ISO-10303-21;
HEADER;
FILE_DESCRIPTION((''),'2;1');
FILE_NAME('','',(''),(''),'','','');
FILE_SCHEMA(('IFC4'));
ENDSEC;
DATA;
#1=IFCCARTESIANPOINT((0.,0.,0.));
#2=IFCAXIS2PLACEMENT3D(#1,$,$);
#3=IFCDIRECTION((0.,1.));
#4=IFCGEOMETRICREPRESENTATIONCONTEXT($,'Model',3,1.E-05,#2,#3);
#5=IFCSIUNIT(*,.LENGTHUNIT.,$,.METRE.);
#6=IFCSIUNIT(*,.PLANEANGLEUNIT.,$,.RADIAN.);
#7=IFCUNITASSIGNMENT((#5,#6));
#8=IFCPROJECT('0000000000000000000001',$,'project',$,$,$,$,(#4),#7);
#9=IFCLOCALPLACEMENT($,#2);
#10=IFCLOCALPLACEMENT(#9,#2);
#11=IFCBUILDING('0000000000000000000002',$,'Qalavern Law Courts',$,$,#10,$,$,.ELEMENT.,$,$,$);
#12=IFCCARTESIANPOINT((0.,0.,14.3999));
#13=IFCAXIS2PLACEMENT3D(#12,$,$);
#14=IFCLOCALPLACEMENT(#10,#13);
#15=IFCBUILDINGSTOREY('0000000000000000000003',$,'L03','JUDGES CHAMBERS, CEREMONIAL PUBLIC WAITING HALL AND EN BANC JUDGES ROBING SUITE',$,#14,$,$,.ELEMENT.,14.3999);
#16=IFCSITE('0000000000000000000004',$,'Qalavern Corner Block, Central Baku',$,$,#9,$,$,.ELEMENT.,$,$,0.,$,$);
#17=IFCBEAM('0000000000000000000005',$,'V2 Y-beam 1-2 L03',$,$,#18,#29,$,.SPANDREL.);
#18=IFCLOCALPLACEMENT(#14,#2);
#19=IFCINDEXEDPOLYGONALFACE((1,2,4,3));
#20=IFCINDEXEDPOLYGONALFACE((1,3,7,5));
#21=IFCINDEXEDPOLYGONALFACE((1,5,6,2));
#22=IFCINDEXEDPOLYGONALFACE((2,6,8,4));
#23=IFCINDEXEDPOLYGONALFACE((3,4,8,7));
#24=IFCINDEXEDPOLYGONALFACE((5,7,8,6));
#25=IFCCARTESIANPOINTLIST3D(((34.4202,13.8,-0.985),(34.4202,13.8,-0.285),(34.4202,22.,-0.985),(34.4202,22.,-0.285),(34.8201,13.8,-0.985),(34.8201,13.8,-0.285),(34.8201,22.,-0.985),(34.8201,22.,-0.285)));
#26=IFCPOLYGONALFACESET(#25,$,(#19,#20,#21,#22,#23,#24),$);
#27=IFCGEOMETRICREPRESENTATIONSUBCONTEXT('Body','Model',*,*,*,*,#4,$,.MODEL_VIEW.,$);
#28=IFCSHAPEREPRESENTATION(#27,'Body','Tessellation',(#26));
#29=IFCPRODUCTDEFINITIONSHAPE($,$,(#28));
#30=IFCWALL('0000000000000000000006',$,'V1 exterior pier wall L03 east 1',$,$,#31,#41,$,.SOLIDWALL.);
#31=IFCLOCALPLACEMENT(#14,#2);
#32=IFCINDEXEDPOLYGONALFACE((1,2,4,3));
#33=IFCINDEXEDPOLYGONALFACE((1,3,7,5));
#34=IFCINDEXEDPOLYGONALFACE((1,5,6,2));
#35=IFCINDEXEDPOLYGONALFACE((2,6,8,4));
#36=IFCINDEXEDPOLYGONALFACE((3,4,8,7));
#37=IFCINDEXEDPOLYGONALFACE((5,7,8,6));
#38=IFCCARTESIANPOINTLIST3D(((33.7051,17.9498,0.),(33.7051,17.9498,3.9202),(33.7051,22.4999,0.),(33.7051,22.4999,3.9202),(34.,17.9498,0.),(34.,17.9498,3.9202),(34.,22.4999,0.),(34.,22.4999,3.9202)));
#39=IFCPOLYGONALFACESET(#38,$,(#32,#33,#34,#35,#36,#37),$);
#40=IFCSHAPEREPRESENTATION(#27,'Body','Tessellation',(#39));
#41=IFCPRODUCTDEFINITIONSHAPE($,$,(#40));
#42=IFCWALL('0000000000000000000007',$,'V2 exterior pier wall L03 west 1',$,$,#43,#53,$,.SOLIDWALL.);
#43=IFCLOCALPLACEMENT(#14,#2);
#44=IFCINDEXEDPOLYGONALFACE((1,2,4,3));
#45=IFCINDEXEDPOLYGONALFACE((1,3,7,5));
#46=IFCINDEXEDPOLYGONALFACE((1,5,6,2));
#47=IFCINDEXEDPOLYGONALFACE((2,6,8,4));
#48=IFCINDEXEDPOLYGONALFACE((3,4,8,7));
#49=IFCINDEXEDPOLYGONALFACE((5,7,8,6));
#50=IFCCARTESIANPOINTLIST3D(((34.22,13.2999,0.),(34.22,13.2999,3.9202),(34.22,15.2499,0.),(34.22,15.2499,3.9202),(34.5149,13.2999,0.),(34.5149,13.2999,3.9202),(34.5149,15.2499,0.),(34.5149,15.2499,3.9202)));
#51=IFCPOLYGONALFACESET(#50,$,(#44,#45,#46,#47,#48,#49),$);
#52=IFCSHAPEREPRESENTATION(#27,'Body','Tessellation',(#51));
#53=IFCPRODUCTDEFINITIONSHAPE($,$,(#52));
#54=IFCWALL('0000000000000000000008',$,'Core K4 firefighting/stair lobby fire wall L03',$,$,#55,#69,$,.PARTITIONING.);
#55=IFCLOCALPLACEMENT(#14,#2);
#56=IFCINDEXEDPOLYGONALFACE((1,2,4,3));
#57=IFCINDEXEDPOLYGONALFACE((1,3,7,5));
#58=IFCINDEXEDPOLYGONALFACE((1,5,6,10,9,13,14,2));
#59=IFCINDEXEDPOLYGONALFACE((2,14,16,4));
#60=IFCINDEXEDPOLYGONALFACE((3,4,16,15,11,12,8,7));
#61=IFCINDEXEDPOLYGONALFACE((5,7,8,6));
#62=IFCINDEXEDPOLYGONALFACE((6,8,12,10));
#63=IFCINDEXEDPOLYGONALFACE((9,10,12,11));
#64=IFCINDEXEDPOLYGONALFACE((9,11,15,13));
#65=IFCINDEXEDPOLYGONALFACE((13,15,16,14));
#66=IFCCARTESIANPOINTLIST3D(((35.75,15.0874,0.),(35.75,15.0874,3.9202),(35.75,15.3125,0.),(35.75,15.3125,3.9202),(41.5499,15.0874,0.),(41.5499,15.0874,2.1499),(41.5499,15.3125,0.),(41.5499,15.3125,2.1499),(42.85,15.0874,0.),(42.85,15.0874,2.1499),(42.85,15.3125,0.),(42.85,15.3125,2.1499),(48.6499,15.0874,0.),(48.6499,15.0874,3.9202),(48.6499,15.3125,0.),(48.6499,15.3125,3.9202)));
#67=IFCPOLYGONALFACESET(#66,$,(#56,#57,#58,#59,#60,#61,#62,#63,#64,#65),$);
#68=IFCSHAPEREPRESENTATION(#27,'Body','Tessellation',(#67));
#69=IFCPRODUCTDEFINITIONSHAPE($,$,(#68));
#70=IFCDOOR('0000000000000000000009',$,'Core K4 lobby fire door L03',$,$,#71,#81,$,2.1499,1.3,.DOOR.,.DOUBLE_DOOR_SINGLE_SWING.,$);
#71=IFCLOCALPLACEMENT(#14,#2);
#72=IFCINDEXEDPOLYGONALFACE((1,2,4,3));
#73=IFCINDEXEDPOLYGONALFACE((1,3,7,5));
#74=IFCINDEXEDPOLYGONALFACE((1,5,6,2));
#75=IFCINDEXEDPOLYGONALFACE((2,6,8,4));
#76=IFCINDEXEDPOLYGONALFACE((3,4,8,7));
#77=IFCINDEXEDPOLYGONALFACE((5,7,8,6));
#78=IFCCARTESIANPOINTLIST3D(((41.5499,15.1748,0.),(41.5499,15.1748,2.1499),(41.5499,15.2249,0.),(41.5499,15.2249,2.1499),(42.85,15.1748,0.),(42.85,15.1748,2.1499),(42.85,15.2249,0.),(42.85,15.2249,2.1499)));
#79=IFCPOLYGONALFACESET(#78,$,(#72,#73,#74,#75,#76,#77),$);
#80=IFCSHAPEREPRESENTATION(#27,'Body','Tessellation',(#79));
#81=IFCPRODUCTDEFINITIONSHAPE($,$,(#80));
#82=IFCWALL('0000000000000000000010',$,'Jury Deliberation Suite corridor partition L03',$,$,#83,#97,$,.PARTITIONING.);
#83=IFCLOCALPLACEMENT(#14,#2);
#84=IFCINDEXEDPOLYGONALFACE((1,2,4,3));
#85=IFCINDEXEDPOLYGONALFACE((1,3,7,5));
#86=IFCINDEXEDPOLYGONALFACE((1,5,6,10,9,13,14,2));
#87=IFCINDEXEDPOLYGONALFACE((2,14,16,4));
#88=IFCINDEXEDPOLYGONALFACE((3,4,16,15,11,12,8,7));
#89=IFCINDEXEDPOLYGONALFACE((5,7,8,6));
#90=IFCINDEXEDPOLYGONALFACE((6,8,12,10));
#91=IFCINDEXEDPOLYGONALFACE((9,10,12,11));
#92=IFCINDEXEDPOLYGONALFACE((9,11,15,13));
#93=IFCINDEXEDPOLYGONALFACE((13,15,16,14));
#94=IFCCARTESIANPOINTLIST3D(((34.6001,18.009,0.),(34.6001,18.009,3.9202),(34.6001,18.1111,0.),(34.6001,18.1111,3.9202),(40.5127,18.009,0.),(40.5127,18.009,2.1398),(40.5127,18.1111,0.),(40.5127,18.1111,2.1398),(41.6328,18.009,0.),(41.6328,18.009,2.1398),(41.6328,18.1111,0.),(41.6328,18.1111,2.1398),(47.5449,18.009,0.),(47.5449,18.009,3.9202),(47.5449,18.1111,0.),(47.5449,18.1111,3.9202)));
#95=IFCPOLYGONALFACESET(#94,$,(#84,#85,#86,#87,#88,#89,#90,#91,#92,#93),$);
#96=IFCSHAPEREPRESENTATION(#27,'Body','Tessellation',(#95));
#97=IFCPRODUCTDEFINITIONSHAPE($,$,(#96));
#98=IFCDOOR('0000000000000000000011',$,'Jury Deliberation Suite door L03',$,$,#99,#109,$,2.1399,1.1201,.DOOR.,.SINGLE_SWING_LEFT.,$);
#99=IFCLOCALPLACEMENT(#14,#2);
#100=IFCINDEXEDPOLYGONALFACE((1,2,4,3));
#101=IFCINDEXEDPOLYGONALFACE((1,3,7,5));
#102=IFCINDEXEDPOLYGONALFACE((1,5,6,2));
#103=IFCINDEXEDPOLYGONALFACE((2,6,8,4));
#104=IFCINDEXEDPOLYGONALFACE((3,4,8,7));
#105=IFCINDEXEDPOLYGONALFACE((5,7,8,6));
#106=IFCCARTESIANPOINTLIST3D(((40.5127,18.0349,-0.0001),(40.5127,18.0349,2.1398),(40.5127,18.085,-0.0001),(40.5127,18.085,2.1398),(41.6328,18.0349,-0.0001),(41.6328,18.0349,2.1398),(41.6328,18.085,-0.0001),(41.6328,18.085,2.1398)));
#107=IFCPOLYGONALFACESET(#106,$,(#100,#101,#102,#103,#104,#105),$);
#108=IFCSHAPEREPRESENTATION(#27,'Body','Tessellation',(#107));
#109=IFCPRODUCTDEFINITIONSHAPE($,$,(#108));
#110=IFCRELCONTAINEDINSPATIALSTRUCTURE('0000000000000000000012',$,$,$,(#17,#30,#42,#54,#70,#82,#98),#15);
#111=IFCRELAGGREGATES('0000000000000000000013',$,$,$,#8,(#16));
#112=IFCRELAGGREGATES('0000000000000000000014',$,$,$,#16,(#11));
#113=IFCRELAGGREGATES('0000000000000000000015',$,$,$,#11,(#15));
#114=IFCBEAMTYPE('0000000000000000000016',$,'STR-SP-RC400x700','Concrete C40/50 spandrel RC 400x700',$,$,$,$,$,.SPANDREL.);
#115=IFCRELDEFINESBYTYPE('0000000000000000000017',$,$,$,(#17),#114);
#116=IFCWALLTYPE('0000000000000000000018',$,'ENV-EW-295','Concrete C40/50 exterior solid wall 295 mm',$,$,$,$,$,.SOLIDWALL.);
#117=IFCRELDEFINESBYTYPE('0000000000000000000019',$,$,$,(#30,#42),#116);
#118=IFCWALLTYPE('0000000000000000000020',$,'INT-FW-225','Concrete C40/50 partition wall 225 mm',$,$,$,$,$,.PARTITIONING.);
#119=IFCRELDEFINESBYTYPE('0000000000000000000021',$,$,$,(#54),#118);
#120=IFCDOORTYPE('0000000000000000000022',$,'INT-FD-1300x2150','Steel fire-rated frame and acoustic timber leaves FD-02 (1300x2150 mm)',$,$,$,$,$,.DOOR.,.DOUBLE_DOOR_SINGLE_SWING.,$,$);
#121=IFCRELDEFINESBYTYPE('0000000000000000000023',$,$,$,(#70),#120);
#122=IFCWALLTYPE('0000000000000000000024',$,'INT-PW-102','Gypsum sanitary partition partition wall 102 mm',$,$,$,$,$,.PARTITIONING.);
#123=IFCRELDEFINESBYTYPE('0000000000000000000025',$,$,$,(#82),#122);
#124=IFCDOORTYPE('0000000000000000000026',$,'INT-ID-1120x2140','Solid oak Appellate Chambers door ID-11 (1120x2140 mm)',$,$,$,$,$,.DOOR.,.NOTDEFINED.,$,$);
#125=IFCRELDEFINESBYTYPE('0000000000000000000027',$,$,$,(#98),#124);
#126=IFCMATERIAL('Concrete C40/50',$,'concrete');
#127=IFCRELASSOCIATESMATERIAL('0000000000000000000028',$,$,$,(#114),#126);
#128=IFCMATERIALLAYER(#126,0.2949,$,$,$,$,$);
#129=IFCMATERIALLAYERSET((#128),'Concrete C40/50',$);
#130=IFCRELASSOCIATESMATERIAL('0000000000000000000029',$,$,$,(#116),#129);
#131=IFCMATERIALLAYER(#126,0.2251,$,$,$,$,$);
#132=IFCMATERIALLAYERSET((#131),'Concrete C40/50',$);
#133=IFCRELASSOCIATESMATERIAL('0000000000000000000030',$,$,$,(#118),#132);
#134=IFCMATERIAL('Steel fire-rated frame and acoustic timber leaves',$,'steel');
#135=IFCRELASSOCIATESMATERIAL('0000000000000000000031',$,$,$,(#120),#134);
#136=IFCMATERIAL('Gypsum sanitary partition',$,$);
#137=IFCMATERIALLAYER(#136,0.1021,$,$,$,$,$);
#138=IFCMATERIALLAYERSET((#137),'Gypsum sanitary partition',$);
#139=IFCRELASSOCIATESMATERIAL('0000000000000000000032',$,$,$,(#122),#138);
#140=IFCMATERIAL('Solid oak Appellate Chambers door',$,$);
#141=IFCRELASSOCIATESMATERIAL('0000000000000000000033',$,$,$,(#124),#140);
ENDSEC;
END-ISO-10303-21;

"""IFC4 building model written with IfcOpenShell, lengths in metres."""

from ifc_helpers import new_model, si_unit, direction, frame, frame_2d, origin, origin_2d, place, context, subcontext, project, spatial, rectangle, extrude, material, layer, layer_set, material_profile, profile_set, type_object, element, fill, save


model = new_model("IFC4")

# Units and contexts
model_context = context("Model", 3, precision=1e-05, world=origin(), true_north=direction((0.0, 1.0)))
body_context = subcontext(model_context, "Body", "Model", "MODEL_VIEW")
ifc_project = project(units=[si_unit("LENGTHUNIT", "METRE"), si_unit("PLANEANGLEUNIT", "RADIAN")], contexts=[model_context])

# Site, building, storey
site_placement = place(None, origin())
site = spatial("IfcSite", under=ifc_project, at=site_placement, Name="Qalavern Corner Block, Central Baku", CompositionType="ELEMENT", RefElevation=0.0)
building_placement = place(site_placement, origin())
building = spatial("IfcBuilding", under=site, at=building_placement, Name="Qalavern Law Courts", CompositionType="ELEMENT")
storey_placement = place(building_placement, frame((0.0, 0.0, 14.3999)))
storey = spatial("IfcBuildingStorey", under=building, at=storey_placement, Name="L03", Description="JUDGES CHAMBERS, CEREMONIAL PUBLIC WAITING HALL AND EN BANC JUDGES ROBING SUITE", CompositionType="ELEMENT", Elevation=14.3999)

# Beam
ifc_material_1 = material(Name="Concrete C40/50", Category="concrete")
ifc_material_profile_1 = material_profile(ifc_material_1, rectangle(XDim=0.3999, YDim=0.7, at=origin_2d()), Name="RC 400x700")
ifc_profile_set_1 = profile_set([ifc_material_profile_1], Name="Concrete C40/50")
beam_type_1 = type_object("IfcBeamType", Name="STR-SP-RC400x700", Description="Concrete C40/50 spandrel RC 400x700", PredefinedType="SPANDREL", material=ifc_profile_set_1)
beam_1_placement = place(storey_placement, frame((34.6201, 13.8, -0.635), z_axis=(0.0, 1.0, 0.0), x_axis=(-1.0, 0.0, 0.0)))
element("IfcBeam", 1, at=beam_1_placement, inside=storey, type_object=beam_type_1, Name="V2 Y-beam 1-2 L03", PredefinedType="SPANDREL", context=body_context, shape_type="SweptSolid", body=[
    extrude(rectangle(XDim=0.3999, YDim=0.7, at=origin_2d()), origin(), (0.0, 0.0, 1.0), 8.2),
])

# Walls
ifc_layer_1 = layer(ifc_material_1, 0.2949)
ifc_layer_set_1 = layer_set([ifc_layer_1], Name="Concrete C40/50")
wall_type_1 = type_object("IfcWallType", Name="ENV-EW-295", Description="Concrete C40/50 exterior solid wall 295 mm", PredefinedType="SOLIDWALL", material=ifc_layer_set_1)
wall_1_placement = place(storey_placement, frame((33.8525, 17.95, 0.0), z_axis=(0.0, 0.0, 1.0), x_axis=(0.0, 1.0, 0.0)))
element("IfcWall", 2, at=wall_1_placement, inside=storey, type_object=wall_type_1, Name="V1 exterior pier wall L03 east 1", PredefinedType="SOLIDWALL", context=body_context, shape_type="SweptSolid", body=[
    extrude(rectangle(XDim=4.55, YDim=0.2949, at=frame_2d((2.2749, 0.0))), origin(), (0.0, 0.0, 1.0), 3.9202),
])
wall_2_placement = place(storey_placement, frame((34.3674, 15.25, 0.0), z_axis=(0.0, 0.0, 1.0), x_axis=(0.0, -1.0, 0.0)))
element("IfcWall", 3, at=wall_2_placement, inside=storey, type_object=wall_type_1, Name="V2 exterior pier wall L03 west 1", PredefinedType="SOLIDWALL", context=body_context, shape_type="SweptSolid", body=[
    extrude(rectangle(XDim=1.95, YDim=0.2949, at=frame_2d((0.9751, 0.0))), origin(), (0.0, 0.0, 1.0), 3.9202),
])

# Walls, openings, doors
ifc_layer_2 = layer(ifc_material_1, 0.2251)
ifc_layer_set_2 = layer_set([ifc_layer_2], Name="Concrete C40/50")
wall_type_2 = type_object("IfcWallType", Name="INT-FW-225", Description="Concrete C40/50 partition wall 225 mm", PredefinedType="PARTITIONING", material=ifc_layer_set_2)
wall_3_placement = place(storey_placement, frame((35.75, 15.2, 0.0), z_axis=(0.0, 0.0, 1.0), x_axis=(1.0, 0.0, 0.0)))
wall_3 = element("IfcWall", 4, at=wall_3_placement, inside=storey, type_object=wall_type_2, Name="Core K4 firefighting/stair lobby fire wall L03", PredefinedType="PARTITIONING", context=body_context, shape_type="SweptSolid", body=[
    extrude(rectangle(XDim=12.8999, YDim=0.2251, at=frame_2d((6.45, 0.0))), origin(), (0.0, 0.0, 1.0), 3.9202),
])
opening_1_placement = place(wall_3_placement, frame((5.8, 0.0, 0.0)))
opening_1 = element("IfcOpeningElement", 5, at=opening_1_placement, cuts=wall_3, PredefinedType="OPENING", context=body_context, shape_type="SweptSolid", body=[
    extrude(rectangle(XDim=1.3, YDim=2.1499, at=frame_2d((0.6499, 1.075))), frame((0.0, 0.1274, 0.0), z_axis=(0.0, -1.0, 0.0), x_axis=(1.0, 0.0, 0.0)), (0.0, 0.0, 1.0), 0.2549),
])
ifc_material_2 = material(Name="Steel fire-rated frame and acoustic timber leaves", Category="steel")
door_type_1 = type_object("IfcDoorType", Name="INT-FD-1300x2150", Description="Steel fire-rated frame and acoustic timber leaves FD-02 (1300x2150 mm)", OperationType="DOUBLE_DOOR_SINGLE_SWING", PredefinedType="DOOR", material=ifc_material_2)
door_1_placement = place(opening_1_placement, origin())
door_1 = element("IfcDoor", 6, at=door_1_placement, inside=storey, type_object=door_type_1, Name="Core K4 lobby fire door L03", OperationType="DOUBLE_DOOR_SINGLE_SWING", OverallHeight=2.1499, OverallWidth=1.3, PredefinedType="DOOR", context=body_context, shape_type="SweptSolid", body=[
    extrude(rectangle(XDim=1.3, YDim=2.1499, at=frame_2d((0.6499, 1.075))), frame((0.0, 0.0249, 0.0), z_axis=(0.0, -1.0, 0.0), x_axis=(1.0, 0.0, 0.0)), (0.0, 0.0, 1.0), 0.05),
])
fill(opening_1, door_1)
ifc_material_3 = material(Name="Gypsum sanitary partition")
ifc_layer_3 = layer(ifc_material_3, 0.1021)
ifc_layer_set_3 = layer_set([ifc_layer_3], Name="Gypsum sanitary partition")
wall_type_3 = type_object("IfcWallType", Name="INT-PW-102", Description="Gypsum sanitary partition partition wall 102 mm", PredefinedType="PARTITIONING", material=ifc_layer_set_3)
wall_4_placement = place(storey_placement, frame((34.6001, 18.0601, 0.0), z_axis=(0.0, 0.0, 1.0), x_axis=(1.0, 0.0, 0.0)))
wall_4 = element("IfcWall", 7, at=wall_4_placement, inside=storey, type_object=wall_type_3, Name="Jury Deliberation Suite corridor partition L03", PredefinedType="PARTITIONING", context=body_context, shape_type="SweptSolid", body=[
    extrude(rectangle(XDim=12.9448, YDim=0.1021, at=frame_2d((6.4724, 0.0))), origin(), (0.0, 0.0, 1.0), 3.9202),
])
opening_2_placement = place(wall_4_placement, frame((5.9126, 0.0, 0.0)))
opening_2 = element("IfcOpeningElement", 8, at=opening_2_placement, cuts=wall_4, PredefinedType="OPENING", context=body_context, shape_type="SweptSolid", body=[
    extrude(rectangle(XDim=1.1201, YDim=2.1399, at=frame_2d((0.5601, 1.0698))), frame((0.0, 0.0659, 0.0), z_axis=(0.0, -1.0, 0.0), x_axis=(1.0, 0.0, 0.0)), (0.0, 0.0, 1.0), 0.1318),
])
ifc_material_4 = material(Name="Solid oak Appellate Chambers door")
door_type_2 = type_object("IfcDoorType", Name="INT-ID-1120x2140", Description="Solid oak Appellate Chambers door ID-11 (1120x2140 mm)", OperationType="NOTDEFINED", PredefinedType="DOOR", material=ifc_material_4)
door_2_placement = place(opening_2_placement, origin())
door_2 = element("IfcDoor", 9, at=door_2_placement, inside=storey, type_object=door_type_2, Name="Jury Deliberation Suite door L03", OperationType="SINGLE_SWING_LEFT", OverallHeight=2.1399, OverallWidth=1.1201, PredefinedType="DOOR", context=body_context, shape_type="SweptSolid", body=[
    extrude(rectangle(XDim=1.1201, YDim=2.1399, at=frame_2d((0.5601, 1.0698))), frame((0.0, 0.0249, 0.0), z_axis=(0.0, -1.0, 0.0), x_axis=(1.0, 0.0, 0.0)), (0.0, 0.0, 1.0), 0.05),
])
fill(opening_2, door_2)

save(model, "model.ifc")
